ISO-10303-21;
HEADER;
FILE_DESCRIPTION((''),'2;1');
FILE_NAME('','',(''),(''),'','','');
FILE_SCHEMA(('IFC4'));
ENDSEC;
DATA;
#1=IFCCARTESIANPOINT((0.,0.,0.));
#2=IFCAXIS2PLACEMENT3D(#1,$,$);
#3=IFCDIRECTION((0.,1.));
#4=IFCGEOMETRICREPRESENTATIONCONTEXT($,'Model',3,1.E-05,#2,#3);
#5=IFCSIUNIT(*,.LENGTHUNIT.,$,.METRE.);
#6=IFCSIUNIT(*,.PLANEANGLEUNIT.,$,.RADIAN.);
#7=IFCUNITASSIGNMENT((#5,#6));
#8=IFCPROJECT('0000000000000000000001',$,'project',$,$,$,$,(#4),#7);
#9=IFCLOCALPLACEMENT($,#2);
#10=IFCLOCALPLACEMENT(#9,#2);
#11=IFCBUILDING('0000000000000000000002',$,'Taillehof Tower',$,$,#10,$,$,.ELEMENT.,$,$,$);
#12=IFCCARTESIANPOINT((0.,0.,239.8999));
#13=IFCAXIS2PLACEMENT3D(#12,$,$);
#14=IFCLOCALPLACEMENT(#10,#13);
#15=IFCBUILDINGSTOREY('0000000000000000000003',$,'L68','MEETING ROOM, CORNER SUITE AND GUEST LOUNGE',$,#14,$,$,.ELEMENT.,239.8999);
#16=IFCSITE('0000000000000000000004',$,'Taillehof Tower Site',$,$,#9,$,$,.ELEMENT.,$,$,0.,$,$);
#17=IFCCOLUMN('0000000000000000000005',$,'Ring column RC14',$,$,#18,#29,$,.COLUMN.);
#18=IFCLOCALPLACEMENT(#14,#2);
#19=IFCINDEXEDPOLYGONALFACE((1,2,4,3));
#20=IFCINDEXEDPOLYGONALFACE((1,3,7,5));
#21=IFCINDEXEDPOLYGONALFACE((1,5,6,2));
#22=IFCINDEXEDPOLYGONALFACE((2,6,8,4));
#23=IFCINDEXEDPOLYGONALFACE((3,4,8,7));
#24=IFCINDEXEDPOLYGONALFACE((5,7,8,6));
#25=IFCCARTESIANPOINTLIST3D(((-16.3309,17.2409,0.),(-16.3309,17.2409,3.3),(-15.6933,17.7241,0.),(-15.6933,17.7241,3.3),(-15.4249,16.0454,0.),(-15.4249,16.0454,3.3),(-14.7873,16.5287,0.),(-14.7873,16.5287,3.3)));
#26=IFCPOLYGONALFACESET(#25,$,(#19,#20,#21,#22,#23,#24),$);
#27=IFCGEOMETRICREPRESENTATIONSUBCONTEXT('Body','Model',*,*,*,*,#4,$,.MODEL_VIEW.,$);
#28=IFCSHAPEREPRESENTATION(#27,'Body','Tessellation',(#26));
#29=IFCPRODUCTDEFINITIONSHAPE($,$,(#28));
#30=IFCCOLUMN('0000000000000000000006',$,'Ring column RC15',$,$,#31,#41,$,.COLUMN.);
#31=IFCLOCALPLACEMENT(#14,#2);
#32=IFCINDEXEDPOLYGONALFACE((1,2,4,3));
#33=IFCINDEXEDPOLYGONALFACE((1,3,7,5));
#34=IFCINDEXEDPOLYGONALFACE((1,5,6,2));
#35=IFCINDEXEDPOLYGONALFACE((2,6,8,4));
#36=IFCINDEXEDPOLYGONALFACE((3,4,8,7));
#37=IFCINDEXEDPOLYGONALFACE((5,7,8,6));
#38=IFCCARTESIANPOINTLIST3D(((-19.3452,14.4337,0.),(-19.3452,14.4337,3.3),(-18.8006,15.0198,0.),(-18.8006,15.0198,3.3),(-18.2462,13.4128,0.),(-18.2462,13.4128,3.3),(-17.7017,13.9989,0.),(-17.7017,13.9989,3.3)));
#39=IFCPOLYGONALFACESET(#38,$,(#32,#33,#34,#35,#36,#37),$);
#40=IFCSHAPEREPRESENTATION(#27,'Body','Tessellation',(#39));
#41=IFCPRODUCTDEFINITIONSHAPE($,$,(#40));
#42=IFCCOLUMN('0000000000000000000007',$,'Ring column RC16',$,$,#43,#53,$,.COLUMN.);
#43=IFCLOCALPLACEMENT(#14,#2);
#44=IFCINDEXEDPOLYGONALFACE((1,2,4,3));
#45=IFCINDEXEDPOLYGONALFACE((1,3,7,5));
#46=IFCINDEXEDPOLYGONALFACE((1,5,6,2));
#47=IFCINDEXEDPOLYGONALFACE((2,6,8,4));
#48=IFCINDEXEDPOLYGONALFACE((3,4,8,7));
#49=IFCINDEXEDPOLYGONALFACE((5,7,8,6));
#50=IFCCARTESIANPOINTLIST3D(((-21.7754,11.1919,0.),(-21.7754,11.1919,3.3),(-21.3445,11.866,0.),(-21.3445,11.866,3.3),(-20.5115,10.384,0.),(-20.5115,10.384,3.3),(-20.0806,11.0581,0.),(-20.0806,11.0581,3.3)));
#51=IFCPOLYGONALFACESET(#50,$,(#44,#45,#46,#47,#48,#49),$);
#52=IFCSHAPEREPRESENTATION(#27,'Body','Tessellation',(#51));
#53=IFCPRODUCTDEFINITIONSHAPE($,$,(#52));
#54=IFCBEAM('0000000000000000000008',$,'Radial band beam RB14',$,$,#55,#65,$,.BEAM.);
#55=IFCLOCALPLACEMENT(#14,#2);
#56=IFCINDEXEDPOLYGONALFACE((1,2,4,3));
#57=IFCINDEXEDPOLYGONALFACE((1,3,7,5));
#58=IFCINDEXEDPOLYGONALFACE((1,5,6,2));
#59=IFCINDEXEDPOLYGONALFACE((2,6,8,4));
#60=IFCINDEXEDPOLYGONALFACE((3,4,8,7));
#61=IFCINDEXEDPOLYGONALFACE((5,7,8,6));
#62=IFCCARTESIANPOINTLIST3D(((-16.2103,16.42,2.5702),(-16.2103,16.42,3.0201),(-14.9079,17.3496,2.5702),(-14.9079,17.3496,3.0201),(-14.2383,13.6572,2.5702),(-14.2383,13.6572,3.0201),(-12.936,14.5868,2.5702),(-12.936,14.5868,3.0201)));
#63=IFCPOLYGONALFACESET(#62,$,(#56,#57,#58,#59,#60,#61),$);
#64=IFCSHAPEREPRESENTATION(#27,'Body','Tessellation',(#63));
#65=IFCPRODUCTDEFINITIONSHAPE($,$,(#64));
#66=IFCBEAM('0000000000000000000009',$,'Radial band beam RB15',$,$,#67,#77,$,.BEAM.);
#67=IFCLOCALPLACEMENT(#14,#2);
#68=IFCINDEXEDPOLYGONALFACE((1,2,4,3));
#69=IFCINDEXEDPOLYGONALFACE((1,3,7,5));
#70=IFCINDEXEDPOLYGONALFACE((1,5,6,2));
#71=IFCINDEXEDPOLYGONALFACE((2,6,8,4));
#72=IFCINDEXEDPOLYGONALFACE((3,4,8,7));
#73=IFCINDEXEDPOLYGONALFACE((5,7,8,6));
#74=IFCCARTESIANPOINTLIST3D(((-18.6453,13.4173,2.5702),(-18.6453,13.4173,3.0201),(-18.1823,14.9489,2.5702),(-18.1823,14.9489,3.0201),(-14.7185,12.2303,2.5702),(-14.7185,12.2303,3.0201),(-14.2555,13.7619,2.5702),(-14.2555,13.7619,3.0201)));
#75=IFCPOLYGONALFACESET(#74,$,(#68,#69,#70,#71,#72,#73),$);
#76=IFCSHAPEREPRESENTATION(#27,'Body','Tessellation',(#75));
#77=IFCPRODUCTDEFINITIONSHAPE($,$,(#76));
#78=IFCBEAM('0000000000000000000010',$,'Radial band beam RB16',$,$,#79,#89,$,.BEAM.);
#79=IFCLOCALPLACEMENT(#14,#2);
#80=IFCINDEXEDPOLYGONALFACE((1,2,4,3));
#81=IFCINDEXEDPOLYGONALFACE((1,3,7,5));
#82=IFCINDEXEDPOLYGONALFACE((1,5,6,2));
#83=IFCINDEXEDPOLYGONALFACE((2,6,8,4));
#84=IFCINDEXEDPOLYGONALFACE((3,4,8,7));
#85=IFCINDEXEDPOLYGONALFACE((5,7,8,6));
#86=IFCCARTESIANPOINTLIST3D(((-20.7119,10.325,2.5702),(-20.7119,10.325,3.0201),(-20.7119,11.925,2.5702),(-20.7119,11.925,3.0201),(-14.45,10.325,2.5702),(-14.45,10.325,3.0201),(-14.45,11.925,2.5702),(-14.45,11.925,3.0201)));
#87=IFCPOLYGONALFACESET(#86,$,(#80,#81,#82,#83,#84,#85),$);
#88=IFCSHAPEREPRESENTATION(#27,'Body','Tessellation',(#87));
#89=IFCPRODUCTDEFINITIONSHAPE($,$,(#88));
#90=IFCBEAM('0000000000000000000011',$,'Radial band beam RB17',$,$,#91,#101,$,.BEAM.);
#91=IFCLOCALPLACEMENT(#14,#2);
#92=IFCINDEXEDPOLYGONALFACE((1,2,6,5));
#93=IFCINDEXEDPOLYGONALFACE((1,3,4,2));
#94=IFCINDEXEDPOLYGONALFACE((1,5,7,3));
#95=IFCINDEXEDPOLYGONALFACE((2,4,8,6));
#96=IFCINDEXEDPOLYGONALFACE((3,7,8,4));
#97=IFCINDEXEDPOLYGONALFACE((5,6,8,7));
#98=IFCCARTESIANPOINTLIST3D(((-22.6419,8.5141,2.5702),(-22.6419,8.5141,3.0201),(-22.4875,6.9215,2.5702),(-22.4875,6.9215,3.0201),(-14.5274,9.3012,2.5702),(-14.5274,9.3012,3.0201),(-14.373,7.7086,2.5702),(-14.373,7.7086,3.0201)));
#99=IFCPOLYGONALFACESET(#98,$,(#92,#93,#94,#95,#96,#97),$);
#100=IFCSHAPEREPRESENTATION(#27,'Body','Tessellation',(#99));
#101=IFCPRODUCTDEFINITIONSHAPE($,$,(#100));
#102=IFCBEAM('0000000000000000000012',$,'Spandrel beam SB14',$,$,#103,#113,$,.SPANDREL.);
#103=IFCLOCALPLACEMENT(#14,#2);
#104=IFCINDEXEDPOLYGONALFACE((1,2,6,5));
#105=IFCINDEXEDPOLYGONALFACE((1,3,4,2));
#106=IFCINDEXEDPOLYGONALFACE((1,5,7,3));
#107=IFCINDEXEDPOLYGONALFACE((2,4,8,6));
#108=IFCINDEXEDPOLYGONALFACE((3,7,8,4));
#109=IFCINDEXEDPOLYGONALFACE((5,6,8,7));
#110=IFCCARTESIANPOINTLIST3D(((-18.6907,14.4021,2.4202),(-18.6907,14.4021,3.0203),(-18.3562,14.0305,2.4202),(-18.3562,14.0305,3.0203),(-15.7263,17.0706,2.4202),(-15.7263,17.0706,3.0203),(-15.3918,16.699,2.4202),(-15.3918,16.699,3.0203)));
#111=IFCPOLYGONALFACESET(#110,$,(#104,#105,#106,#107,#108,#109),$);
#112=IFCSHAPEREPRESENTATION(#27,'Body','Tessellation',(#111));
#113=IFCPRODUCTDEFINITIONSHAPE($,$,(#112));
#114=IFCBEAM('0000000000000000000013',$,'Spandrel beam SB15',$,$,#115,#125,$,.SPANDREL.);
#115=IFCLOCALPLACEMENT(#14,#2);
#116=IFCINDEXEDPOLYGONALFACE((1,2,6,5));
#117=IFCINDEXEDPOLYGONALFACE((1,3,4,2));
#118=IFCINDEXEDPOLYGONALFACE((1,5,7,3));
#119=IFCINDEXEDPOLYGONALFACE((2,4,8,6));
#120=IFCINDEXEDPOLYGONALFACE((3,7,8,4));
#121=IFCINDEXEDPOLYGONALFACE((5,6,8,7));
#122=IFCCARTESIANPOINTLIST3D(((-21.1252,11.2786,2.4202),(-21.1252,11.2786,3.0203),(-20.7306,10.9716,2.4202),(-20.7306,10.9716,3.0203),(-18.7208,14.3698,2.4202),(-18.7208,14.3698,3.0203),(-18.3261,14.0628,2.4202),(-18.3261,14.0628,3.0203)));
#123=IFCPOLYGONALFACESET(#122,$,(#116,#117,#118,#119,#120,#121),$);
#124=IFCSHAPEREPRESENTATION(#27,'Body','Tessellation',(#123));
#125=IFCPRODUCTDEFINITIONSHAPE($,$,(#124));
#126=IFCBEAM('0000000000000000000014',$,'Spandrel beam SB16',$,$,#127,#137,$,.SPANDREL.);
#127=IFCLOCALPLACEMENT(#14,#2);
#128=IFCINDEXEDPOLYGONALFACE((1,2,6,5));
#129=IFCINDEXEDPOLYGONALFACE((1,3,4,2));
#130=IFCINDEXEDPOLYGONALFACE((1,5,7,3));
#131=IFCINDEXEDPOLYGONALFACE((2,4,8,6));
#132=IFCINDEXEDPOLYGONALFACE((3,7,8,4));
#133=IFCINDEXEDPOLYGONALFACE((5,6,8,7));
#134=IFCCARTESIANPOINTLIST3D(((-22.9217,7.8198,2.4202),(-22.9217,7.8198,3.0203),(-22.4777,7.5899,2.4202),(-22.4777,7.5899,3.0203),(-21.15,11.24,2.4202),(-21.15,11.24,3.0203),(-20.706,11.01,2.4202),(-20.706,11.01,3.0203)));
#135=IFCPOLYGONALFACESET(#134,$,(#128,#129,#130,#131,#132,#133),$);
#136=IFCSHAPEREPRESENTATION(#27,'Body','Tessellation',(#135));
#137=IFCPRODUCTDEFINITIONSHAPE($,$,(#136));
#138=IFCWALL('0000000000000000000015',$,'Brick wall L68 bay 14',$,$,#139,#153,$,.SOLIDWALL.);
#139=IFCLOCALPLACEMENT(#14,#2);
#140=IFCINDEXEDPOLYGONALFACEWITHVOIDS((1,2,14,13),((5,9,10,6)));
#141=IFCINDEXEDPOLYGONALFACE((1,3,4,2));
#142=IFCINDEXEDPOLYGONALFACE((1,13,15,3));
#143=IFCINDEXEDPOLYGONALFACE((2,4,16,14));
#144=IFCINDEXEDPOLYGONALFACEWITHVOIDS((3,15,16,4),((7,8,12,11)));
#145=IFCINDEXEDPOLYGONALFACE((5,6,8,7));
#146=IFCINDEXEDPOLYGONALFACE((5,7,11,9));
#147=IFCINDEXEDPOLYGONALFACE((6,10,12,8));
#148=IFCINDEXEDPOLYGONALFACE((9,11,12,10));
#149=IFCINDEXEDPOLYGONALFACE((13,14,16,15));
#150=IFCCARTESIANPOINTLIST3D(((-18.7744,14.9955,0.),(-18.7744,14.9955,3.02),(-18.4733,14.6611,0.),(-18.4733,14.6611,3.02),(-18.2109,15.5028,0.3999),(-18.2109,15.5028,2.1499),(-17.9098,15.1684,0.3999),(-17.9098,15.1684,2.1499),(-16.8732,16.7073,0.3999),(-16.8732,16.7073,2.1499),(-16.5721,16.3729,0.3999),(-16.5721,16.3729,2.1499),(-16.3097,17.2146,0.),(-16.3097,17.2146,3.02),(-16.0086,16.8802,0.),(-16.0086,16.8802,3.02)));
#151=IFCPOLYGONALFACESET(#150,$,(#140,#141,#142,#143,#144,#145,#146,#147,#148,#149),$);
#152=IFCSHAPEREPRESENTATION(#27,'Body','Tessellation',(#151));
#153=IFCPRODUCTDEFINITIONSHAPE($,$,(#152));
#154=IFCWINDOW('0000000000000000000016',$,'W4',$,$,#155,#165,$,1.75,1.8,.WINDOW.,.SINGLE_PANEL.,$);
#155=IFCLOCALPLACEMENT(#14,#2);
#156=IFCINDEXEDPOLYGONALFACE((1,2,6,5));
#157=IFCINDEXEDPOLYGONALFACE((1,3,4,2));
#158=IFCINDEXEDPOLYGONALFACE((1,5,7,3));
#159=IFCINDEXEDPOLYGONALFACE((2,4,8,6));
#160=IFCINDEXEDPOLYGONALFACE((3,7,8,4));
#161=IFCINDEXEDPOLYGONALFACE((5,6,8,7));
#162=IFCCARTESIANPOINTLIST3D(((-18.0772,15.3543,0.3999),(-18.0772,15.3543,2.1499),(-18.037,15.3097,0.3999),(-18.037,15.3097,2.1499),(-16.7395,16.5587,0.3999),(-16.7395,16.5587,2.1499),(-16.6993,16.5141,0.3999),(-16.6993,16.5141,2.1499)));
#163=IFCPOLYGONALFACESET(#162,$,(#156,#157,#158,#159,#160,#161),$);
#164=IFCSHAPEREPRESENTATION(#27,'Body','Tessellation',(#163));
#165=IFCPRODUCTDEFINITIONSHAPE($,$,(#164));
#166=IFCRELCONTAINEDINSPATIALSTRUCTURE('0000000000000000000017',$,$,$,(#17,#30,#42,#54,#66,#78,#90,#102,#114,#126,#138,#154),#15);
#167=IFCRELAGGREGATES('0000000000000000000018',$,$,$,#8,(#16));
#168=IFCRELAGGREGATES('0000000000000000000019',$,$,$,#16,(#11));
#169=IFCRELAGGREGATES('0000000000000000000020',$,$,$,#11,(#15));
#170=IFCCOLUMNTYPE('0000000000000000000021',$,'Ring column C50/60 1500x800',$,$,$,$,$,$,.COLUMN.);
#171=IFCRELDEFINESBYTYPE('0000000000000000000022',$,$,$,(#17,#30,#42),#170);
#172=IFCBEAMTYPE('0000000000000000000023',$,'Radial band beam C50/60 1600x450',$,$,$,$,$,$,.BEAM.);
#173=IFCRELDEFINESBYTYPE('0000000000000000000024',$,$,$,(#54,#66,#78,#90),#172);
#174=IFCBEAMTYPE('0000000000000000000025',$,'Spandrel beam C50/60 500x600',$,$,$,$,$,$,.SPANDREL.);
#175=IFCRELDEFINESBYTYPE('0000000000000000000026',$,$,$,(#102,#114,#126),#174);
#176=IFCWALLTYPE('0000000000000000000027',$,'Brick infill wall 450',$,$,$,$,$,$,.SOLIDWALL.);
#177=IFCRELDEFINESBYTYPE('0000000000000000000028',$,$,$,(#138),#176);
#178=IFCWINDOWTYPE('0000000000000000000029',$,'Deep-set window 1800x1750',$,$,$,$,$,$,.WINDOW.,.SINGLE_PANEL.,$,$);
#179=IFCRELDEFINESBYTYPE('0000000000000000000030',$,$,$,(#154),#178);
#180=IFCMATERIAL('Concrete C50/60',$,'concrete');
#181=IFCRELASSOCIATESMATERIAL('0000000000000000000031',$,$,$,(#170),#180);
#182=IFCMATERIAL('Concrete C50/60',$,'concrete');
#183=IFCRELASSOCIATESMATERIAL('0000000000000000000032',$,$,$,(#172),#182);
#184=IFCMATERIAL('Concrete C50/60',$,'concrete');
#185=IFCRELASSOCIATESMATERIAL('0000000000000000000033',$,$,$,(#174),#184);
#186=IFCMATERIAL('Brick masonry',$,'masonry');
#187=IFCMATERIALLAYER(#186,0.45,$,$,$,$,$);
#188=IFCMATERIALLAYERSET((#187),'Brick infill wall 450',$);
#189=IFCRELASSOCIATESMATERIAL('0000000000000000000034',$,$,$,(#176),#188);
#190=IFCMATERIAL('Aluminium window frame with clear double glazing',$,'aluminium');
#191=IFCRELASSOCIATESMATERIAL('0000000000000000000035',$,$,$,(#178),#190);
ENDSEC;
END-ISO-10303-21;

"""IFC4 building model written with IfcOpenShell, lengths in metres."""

from ifc_helpers import new_model, si_unit, direction, frame, frame_2d, origin, origin_2d, place, context, subcontext, project, spatial, rectangle, extrude, material, layer, layer_set, material_profile, profile_set, type_object, element, fill, save


model = new_model("IFC4")

# Units and contexts
model_context = context("Model", 3, precision=1e-05, world=origin(), true_north=direction((0.0, 1.0)))
body_context = subcontext(model_context, "Body", "Model", "MODEL_VIEW")
ifc_project = project(units=[si_unit("LENGTHUNIT", "METRE"), si_unit("PLANEANGLEUNIT", "RADIAN")], contexts=[model_context])

# Site, building, storey
site_placement = place(None, origin())
site = spatial("IfcSite", under=ifc_project, at=site_placement, Name="Taillehof Tower Site", CompositionType="ELEMENT", RefElevation=0.0)
building_placement = place(site_placement, origin())
building = spatial("IfcBuilding", under=site, at=building_placement, Name="Taillehof Tower", CompositionType="ELEMENT")
storey_placement = place(building_placement, frame((0.0, 0.0, 239.8999)))
storey = spatial("IfcBuildingStorey", under=building, at=storey_placement, Name="L68", Description="MEETING ROOM, CORNER SUITE AND GUEST LOUNGE", CompositionType="ELEMENT", Elevation=239.8999)

# Columns
ifc_material_1 = material(Name="Concrete C50/60", Category="concrete")
ifc_material_profile_1 = material_profile(ifc_material_1, rectangle(XDim=1.5, YDim=0.8, at=origin_2d()), Name="RC 1500x800")
ifc_profile_set_1 = profile_set([ifc_material_profile_1], Name="Concrete C50/60")
column_type = type_object("IfcColumnType", Name="Ring column C50/60 1500x800", PredefinedType="COLUMN", material=ifc_profile_set_1)
for number, where, z_axis, x_axis, name in (
    (1, (-15.5591, 16.8848, 0.0), (0.0, 0.0, 1.0), (-0.60402, 0.796969, 0.0), "Ring column RC14"),
    (2, (-18.5234, 14.2163, 0.0), (0.0, 0.0, 1.0), (-0.732636, 0.680621, 0.0), "Ring column RC15"),
    (3, (-20.928, 11.125, 0.0), (0.0, 0.0, 1.0), (-0.842574, 0.538581, 0.0), "Ring column RC16"),
):
    element("IfcColumn", number, at=place(storey_placement, frame(where, z_axis=z_axis, x_axis=x_axis)), inside=storey, type_object=column_type, Name=name, PredefinedType="COLUMN", context=body_context, shape_type="SweptSolid", body=[
        extrude(rectangle(XDim=1.5, YDim=0.8, at=origin_2d()), origin(), (0.0, 0.0, 1.0), 3.3),
    ])

# Beams
ifc_material_2 = material(Name="Concrete C50/60", Category="concrete")
ifc_material_profile_2 = material_profile(ifc_material_2, rectangle(XDim=1.6001, YDim=0.45, at=origin_2d()), Name="RC 1600x450")
ifc_profile_set_2 = profile_set([ifc_material_profile_2], Name="Concrete C50/60")
beam_type_1 = type_object("IfcBeamType", Name="Radial band beam C50/60 1600x450", PredefinedType="BEAM", material=ifc_profile_set_2)
beam_1_placement = place(storey_placement, frame((-15.5591, 16.8848, 2.7952), z_axis=(0.580959, -0.813933, 0.0), x_axis=(0.813933, 0.580959, 0.0)))
element("IfcBeam", 4, at=beam_1_placement, inside=storey, type_object=beam_type_1, Name="Radial band beam RB14", PredefinedType="BEAM", context=body_context, shape_type="SweptSolid", body=[
    extrude(rectangle(XDim=1.6001, YDim=0.45, at=origin_2d()), origin(), (0.0, 0.0, 1.0), 3.3943),
])
beam_2_placement = place(storey_placement, frame((-18.4138, 14.1831, 2.7952), z_axis=(0.957221, -0.289357, 0.0), x_axis=(0.289357, 0.957221, 0.0)))
element("IfcBeam", 5, at=beam_2_placement, inside=storey, type_object=beam_type_1, Name="Radial band beam RB15", PredefinedType="BEAM", context=body_context, shape_type="SweptSolid", body=[
    extrude(rectangle(XDim=1.6001, YDim=0.45, at=origin_2d()), origin(), (0.0, 0.0, 1.0), 4.1023),
])
beam_3_placement = place(storey_placement, frame((-20.7119, 11.125, 2.7952), z_axis=(1.0, 0.0, 0.0), x_axis=(0.0, 1.0, 0.0)))
element("IfcBeam", 6, at=beam_3_placement, inside=storey, type_object=beam_type_1, Name="Radial band beam RB16", PredefinedType="BEAM", context=body_context, shape_type="SweptSolid", body=[
    extrude(rectangle(XDim=1.6001, YDim=0.45, at=origin_2d()), origin(), (0.0, 0.0, 1.0), 6.262),
])
beam_4_placement = place(storey_placement, frame((-22.5647, 7.7178, 2.7952), z_axis=(0.995328, 0.096547, 0.0), x_axis=(-0.096547, 0.995328, 0.0)))
element("IfcBeam", 7, at=beam_4_placement, inside=storey, type_object=beam_type_1, Name="Radial band beam RB17", PredefinedType="BEAM", context=body_context, shape_type="SweptSolid", body=[
    extrude(rectangle(XDim=1.6001, YDim=0.45, at=origin_2d()), origin(), (0.0, 0.0, 1.0), 8.1526),
])
ifc_material_3 = material(Name="Concrete C50/60", Category="concrete")
ifc_material_profile_3 = material_profile(ifc_material_3, rectangle(XDim=0.5, YDim=0.6001, at=origin_2d()), Name="RC 500x600")
ifc_profile_set_3 = profile_set([ifc_material_profile_3], Name="Concrete C50/60")
beam_type_2 = type_object("IfcBeamType", Name="Spandrel beam C50/60 500x600", PredefinedType="SPANDREL", material=ifc_profile_set_3)
beam_5_placement = place(storey_placement, frame((-15.5591, 16.8848, 2.7202), z_axis=(-0.743227, -0.669039, 0.0), x_axis=(0.669039, -0.743227, 0.0)))
element("IfcBeam", 8, at=beam_5_placement, inside=storey, type_object=beam_type_2, Name="Spandrel beam SB14", PredefinedType="SPANDREL", context=body_context, shape_type="SweptSolid", body=[
    extrude(rectangle(XDim=0.5, YDim=0.6001, at=origin_2d()), origin(), (0.0, 0.0, 1.0), 3.9885),
])
beam_6_placement = place(storey_placement, frame((-18.5234, 14.2163, 2.7202), z_axis=(-0.613971, -0.789329, 0.0), x_axis=(0.789329, -0.613971, 0.0)))
element("IfcBeam", 9, at=beam_6_placement, inside=storey, type_object=beam_type_2, Name="Spandrel beam SB15", PredefinedType="SPANDREL", context=body_context, shape_type="SweptSolid", body=[
    extrude(rectangle(XDim=0.5, YDim=0.6001, at=origin_2d()), origin(), (0.0, 0.0, 1.0), 3.9163),
])
beam_7_placement = place(storey_placement, frame((-20.928, 11.125, 2.7202), z_axis=(-0.459971, -0.887934, 0.0), x_axis=(0.887934, -0.459971, 0.0)))
element("IfcBeam", 10, at=beam_7_placement, inside=storey, type_object=beam_type_2, Name="Spandrel beam SB16", PredefinedType="SPANDREL", context=body_context, shape_type="SweptSolid", body=[
    extrude(rectangle(XDim=0.5, YDim=0.6001, at=origin_2d()), origin(), (0.0, 0.0, 1.0), 3.8518),
])

# Wall, opening, window
ifc_material_4 = material(Name="Brick masonry", Category="masonry")
ifc_layer_1 = layer(ifc_material_4, 0.45)
ifc_layer_set_1 = layer_set([ifc_layer_1], Name="Brick infill wall 450")
wall_type_1 = type_object("IfcWallType", Name="Brick infill wall 450", PredefinedType="SOLIDWALL", material=ifc_layer_set_1)
wall_1_placement = place(storey_placement, frame((-16.1592, 17.0474, 0.0), z_axis=(0.0, 0.0, 1.0), x_axis=(-0.743166, -0.669107, 0.0)))
wall_1 = element("IfcWall", 11, at=wall_1_placement, inside=storey, type_object=wall_type_1, Name="Brick wall L68 bay 14", PredefinedType="SOLIDWALL", context=body_context, shape_type="SweptSolid", body=[
    extrude(rectangle(XDim=3.3164, YDim=0.45, at=frame_2d((1.6582, 0.0))), origin(), (0.0, 0.0, 1.0), 3.02),
])
opening_1_placement = place(wall_1_placement, frame((0.7583, 0.0, 0.3999)))
opening_1 = element("IfcOpeningElement", 12, at=opening_1_placement, cuts=wall_1, PredefinedType="OPENING", context=body_context, shape_type="SweptSolid", body=[
    extrude(rectangle(XDim=1.8, YDim=1.75, at=frame_2d((0.8999, 0.875))), frame((0.0, 0.2349, 0.0), z_axis=(0.0, -1.0, 0.0), x_axis=(1.0, 0.0, 0.0)), (0.0, 0.0, 1.0), 0.47),
])
ifc_material_5 = material(Name="Aluminium window frame with clear double glazing", Category="aluminium")
window_type = type_object("IfcWindowType", Name="Deep-set window 1800x1750", PartitioningType="SINGLE_PANEL", PredefinedType="WINDOW", material=ifc_material_5)
window_1_placement = place(opening_1_placement, origin())
window_1 = element("IfcWindow", 13, at=window_1_placement, inside=storey, type_object=window_type, Name="W4", OverallHeight=1.75, OverallWidth=1.8, PartitioningType="SINGLE_PANEL", PredefinedType="WINDOW", context=body_context, shape_type="SweptSolid", body=[
    extrude(rectangle(XDim=1.8, YDim=1.75, at=frame_2d((0.8999, 0.875))), frame((0.0, 0.0349, 0.0), z_axis=(0.0, -1.0, 0.0), x_axis=(1.0, 0.0, 0.0)), (0.0, 0.0, 1.0), 0.0601),
])
fill(opening_1, window_1)

save(model, "model.ifc")
